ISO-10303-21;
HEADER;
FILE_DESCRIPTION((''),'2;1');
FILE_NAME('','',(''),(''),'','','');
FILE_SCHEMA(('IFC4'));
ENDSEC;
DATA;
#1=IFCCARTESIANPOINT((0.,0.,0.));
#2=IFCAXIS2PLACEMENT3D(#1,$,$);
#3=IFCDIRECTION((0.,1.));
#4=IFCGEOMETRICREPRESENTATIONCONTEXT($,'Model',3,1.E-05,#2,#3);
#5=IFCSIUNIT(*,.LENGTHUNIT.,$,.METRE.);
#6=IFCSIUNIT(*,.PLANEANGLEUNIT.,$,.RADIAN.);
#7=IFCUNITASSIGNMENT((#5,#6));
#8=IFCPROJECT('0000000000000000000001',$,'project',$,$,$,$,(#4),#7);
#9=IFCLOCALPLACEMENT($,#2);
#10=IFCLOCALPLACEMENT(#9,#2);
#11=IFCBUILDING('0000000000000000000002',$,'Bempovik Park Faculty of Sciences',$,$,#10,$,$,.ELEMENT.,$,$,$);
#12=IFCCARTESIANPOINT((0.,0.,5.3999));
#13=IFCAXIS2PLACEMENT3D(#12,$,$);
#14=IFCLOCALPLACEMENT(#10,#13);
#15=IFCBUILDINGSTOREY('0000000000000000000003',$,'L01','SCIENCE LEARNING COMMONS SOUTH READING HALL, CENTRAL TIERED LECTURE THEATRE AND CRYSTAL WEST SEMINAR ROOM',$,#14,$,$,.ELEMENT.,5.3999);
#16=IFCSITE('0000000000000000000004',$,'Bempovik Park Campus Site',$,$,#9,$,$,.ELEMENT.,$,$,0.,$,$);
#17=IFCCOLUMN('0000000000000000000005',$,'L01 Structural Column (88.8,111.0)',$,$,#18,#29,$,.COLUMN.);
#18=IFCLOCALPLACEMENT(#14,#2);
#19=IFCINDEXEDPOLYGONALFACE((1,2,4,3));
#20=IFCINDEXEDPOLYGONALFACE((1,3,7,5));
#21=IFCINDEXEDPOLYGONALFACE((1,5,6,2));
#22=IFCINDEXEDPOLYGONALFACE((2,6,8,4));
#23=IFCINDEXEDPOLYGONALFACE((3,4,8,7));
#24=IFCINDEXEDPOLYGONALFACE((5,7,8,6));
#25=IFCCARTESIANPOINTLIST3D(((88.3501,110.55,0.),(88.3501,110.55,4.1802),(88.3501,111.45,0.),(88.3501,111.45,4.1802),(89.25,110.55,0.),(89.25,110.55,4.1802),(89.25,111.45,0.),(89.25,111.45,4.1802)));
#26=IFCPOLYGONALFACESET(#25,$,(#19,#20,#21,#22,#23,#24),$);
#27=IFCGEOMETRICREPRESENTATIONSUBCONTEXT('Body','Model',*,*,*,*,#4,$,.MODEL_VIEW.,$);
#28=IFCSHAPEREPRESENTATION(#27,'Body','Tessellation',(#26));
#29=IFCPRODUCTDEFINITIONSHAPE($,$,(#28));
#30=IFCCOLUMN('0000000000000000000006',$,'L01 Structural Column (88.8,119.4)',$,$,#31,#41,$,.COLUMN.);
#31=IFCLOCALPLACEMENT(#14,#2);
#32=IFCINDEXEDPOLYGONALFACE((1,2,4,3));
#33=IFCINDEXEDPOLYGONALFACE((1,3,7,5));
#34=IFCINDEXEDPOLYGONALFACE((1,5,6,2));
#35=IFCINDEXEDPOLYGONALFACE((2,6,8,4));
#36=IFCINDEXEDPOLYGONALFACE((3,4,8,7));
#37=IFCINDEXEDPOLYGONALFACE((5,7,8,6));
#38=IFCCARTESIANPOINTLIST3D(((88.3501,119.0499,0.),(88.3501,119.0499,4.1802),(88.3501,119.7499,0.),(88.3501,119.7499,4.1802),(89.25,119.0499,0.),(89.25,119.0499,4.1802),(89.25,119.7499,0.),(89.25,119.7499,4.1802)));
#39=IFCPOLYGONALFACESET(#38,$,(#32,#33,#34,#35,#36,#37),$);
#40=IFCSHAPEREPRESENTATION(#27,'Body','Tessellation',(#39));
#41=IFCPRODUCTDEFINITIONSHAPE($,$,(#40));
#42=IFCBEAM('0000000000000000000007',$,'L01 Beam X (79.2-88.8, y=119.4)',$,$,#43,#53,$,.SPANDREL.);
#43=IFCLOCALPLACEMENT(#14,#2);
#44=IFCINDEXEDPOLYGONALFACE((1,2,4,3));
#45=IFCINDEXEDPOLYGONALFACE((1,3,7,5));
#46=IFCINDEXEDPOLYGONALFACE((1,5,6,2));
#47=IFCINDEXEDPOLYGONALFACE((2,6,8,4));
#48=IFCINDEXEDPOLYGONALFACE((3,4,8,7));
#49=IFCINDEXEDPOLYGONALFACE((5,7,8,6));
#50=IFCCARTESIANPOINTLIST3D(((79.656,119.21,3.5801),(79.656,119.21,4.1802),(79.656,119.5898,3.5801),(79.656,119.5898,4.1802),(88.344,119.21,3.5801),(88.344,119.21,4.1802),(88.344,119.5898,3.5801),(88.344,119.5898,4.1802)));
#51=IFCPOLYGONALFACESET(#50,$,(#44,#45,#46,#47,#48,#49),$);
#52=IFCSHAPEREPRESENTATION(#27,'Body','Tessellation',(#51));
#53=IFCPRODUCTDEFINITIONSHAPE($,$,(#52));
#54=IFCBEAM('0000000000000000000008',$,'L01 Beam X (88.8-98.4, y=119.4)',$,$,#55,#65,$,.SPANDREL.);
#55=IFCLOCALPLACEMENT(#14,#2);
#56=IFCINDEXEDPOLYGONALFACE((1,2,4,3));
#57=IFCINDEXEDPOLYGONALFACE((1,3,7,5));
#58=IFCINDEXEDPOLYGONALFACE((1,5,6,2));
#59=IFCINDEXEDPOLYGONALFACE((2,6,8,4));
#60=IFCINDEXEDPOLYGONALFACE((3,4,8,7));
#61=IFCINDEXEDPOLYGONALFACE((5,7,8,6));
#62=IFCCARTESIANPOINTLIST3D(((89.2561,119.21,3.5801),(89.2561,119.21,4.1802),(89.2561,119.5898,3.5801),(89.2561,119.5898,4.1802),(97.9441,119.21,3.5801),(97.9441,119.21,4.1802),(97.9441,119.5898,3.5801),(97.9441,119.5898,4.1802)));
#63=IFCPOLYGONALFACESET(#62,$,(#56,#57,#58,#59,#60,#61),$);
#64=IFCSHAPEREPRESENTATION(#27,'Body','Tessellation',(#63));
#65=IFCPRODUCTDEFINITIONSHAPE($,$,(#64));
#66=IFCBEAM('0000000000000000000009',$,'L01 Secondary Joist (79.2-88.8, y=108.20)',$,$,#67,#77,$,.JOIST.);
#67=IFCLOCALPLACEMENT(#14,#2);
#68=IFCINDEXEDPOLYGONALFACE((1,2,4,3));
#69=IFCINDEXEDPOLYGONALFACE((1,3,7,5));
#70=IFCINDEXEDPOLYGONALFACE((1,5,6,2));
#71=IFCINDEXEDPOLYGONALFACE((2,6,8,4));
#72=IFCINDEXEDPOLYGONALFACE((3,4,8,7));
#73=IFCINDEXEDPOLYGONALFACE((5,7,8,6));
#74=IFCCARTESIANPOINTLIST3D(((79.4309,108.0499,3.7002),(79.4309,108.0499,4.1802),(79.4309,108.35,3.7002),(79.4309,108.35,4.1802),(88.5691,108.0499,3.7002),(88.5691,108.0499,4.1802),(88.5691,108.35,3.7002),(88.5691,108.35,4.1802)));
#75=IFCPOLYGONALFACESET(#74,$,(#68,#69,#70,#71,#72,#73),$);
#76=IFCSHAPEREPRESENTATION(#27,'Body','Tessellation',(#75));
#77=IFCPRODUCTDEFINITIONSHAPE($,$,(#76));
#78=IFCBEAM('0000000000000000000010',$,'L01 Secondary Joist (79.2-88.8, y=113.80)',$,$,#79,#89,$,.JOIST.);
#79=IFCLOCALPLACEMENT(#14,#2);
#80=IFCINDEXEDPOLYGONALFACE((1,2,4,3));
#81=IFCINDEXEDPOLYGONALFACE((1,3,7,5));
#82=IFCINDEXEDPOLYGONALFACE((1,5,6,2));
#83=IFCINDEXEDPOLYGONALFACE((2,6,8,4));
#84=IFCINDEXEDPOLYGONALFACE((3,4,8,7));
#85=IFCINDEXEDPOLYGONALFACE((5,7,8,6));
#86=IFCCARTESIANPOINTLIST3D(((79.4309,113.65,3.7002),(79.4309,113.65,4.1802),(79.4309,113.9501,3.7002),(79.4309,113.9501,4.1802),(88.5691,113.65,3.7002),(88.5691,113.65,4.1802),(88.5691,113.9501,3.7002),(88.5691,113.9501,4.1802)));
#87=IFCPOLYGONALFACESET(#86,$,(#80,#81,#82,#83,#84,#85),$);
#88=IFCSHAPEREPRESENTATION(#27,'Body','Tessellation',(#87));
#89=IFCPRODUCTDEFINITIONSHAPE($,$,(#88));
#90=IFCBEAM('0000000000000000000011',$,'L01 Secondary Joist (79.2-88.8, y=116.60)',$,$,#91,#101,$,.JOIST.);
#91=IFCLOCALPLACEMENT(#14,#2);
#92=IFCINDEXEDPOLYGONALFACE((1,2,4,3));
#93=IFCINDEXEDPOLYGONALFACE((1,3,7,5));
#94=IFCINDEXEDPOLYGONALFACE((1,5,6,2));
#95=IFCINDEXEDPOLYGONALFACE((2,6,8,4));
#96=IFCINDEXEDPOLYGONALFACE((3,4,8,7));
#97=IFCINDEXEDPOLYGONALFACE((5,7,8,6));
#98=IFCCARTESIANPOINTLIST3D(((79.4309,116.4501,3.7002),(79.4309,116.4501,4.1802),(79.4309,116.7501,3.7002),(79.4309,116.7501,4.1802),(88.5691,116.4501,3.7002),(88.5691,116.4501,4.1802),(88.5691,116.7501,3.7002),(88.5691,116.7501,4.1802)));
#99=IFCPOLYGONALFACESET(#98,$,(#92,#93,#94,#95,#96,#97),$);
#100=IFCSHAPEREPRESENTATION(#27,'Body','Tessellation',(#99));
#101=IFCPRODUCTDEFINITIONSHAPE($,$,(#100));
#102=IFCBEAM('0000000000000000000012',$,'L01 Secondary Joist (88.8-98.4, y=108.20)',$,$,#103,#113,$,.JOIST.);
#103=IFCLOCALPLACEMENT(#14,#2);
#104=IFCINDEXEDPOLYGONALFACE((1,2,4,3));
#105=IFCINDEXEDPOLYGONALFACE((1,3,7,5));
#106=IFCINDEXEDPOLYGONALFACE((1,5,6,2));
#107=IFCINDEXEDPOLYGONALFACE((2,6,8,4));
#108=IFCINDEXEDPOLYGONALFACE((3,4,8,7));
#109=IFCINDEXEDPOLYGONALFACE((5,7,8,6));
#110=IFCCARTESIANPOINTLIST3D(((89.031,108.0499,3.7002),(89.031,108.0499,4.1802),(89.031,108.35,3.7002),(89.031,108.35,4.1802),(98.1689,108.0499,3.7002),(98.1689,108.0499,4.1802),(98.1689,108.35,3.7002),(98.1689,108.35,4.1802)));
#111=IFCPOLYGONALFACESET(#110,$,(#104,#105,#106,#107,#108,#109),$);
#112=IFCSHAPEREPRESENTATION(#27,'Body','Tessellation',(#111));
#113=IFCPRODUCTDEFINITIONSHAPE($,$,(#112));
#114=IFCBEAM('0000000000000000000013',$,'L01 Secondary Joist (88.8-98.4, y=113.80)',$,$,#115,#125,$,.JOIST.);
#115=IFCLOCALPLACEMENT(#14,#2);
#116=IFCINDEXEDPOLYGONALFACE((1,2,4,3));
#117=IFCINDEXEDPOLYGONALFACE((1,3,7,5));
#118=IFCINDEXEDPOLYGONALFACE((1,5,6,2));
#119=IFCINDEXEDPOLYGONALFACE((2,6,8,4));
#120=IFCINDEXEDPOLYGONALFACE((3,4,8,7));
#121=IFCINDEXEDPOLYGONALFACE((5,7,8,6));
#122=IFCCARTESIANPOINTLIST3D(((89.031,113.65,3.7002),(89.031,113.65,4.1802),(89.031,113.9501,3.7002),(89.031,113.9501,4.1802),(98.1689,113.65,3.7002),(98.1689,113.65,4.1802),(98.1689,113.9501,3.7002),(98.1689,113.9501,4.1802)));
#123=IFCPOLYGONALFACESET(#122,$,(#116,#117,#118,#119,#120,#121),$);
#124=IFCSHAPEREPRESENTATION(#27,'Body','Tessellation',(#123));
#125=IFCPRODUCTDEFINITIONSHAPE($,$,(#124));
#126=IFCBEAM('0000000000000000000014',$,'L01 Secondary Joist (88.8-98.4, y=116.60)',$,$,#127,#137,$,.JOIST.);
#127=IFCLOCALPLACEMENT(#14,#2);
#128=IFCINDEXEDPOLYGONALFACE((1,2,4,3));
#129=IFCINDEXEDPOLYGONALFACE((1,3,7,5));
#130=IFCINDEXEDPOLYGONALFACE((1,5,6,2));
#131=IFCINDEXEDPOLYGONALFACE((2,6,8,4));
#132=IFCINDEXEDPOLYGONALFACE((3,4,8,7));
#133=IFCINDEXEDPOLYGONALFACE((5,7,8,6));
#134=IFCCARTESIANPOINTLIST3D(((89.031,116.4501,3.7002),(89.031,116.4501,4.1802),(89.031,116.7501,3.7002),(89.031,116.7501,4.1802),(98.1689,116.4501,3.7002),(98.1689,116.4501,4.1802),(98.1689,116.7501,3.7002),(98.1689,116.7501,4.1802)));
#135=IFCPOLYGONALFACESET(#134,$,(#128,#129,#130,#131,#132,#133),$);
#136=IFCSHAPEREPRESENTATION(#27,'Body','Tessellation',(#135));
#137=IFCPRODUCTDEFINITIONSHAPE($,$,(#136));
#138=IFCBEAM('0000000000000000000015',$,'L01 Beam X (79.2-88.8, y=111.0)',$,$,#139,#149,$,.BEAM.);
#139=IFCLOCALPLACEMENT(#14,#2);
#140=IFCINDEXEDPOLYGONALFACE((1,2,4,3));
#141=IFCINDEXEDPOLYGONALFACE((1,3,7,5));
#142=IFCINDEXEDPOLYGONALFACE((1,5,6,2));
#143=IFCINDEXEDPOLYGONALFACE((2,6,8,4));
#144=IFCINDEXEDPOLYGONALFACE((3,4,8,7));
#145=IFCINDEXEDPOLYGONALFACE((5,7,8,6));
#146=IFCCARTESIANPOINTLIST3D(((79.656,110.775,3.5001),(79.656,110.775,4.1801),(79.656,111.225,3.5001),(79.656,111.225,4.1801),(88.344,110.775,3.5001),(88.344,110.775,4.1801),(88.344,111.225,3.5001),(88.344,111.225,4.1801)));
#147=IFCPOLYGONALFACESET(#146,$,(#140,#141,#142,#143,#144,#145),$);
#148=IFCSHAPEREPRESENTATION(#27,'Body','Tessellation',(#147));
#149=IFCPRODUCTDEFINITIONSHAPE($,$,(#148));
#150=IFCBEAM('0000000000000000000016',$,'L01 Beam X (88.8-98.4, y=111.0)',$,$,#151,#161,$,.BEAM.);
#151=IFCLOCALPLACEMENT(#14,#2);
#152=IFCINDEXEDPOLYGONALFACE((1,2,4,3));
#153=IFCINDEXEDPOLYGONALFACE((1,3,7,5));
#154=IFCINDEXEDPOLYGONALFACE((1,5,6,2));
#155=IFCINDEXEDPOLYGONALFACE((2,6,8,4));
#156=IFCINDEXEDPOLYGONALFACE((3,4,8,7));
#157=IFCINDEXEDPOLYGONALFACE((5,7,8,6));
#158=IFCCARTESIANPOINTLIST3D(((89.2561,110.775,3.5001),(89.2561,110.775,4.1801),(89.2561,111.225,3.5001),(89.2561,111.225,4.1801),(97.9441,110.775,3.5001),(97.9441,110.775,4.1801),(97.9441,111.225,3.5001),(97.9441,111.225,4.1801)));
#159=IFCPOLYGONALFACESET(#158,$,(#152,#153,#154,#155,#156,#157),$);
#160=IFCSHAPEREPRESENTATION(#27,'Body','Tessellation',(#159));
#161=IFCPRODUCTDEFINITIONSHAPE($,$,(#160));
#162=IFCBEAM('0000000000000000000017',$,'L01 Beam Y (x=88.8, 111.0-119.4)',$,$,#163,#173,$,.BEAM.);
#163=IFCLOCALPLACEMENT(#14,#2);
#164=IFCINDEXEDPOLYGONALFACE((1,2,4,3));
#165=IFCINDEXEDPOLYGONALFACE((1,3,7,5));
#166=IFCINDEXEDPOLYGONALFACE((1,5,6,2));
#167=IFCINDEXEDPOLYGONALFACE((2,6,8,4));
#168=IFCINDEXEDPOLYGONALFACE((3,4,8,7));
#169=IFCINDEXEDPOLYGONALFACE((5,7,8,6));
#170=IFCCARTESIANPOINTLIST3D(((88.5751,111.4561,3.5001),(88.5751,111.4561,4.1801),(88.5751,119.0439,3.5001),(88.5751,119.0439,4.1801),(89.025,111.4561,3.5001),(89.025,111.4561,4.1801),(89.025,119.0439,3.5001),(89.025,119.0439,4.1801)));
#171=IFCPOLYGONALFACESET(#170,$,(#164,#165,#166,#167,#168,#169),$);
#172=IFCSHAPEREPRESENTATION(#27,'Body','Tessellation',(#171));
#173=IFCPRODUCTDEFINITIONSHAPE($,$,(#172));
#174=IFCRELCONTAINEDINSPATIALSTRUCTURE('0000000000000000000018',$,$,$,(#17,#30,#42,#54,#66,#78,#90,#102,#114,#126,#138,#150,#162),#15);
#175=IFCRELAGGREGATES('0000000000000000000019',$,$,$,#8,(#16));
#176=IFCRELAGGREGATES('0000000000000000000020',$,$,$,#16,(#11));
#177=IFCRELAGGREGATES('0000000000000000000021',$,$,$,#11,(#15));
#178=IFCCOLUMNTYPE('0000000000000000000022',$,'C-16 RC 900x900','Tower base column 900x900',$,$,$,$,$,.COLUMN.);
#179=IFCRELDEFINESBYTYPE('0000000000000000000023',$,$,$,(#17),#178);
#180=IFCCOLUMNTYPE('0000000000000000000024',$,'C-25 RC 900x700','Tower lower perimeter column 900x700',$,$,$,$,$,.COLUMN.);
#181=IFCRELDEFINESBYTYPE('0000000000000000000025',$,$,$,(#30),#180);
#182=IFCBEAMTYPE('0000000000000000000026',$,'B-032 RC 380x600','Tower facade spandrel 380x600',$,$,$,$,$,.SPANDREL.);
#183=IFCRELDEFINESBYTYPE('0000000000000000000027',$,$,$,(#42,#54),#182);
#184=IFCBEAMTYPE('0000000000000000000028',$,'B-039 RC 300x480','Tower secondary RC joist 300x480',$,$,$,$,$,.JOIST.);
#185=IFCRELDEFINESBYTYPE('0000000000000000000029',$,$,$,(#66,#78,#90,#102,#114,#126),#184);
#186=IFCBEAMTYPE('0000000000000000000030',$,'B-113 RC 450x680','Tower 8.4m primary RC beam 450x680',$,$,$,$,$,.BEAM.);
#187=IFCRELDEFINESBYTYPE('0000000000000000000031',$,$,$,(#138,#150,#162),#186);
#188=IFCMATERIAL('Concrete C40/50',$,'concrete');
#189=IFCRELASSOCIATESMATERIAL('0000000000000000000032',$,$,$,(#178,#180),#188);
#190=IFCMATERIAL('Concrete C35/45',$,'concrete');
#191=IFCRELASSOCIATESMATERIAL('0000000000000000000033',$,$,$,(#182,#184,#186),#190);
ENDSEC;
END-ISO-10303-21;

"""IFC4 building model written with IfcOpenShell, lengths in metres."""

from ifc_helpers import new_model, si_unit, direction, frame, origin, origin_2d, place, context, subcontext, project, spatial, rectangle, extrude, material, material_profile, profile_set, type_object, element, save


model = new_model("IFC4")

# Units and contexts
model_context = context("Model", 3, precision=1e-05, world=origin(), true_north=direction((0.0, 1.0)))
body_context = subcontext(model_context, "Body", "Model", "MODEL_VIEW")
ifc_project = project(units=[si_unit("LENGTHUNIT", "METRE"), si_unit("PLANEANGLEUNIT", "RADIAN")], contexts=[model_context])

# Site, building, storey
site_placement = place(None, origin())
site = spatial("IfcSite", under=ifc_project, at=site_placement, Name="Bempovik Park Campus Site", CompositionType="ELEMENT", RefElevation=0.0)
building_placement = place(site_placement, origin())
building = spatial("IfcBuilding", under=site, at=building_placement, Name="Bempovik Park Faculty of Sciences", CompositionType="ELEMENT")
storey_placement = place(building_placement, frame((0.0, 0.0, 5.3999)))
storey = spatial("IfcBuildingStorey", under=building, at=storey_placement, Name="L01", Description="SCIENCE LEARNING COMMONS SOUTH READING HALL, CENTRAL TIERED LECTURE THEATRE AND CRYSTAL WEST SEMINAR ROOM", CompositionType="ELEMENT", Elevation=5.3999)

# Columns
ifc_material_1 = material(Name="Concrete C40/50", Category="concrete")
ifc_material_profile_1 = material_profile(ifc_material_1, rectangle(XDim=0.8999, YDim=0.8999, at=origin_2d()), Name="RC 900x900")
ifc_profile_set_1 = profile_set([ifc_material_profile_1], Name="Concrete C40/50")
column_type_1 = type_object("IfcColumnType", Name="C-16 RC 900x900", Description="Tower base column 900x900", PredefinedType="COLUMN", material=ifc_profile_set_1)
column_1_placement = place(storey_placement, frame((88.8, 111.0, 0.0), z_axis=(0.0, 0.0, 1.0), x_axis=(1.0, 0.0, 0.0)))
element("IfcColumn", 1, at=column_1_placement, inside=storey, type_object=column_type_1, Name="L01 Structural Column (88.8,111.0)", PredefinedType="COLUMN", context=body_context, shape_type="SweptSolid", body=[
    extrude(rectangle(XDim=0.8999, YDim=0.8999, at=origin_2d()), origin(), (0.0, 0.0, 1.0), 4.1802),
])
ifc_material_profile_2 = material_profile(ifc_material_1, rectangle(XDim=0.8999, YDim=0.7, at=origin_2d()), Name="RC 900x700")
ifc_profile_set_2 = profile_set([ifc_material_profile_2], Name="Concrete C40/50")
column_type_2 = type_object("IfcColumnType", Name="C-25 RC 900x700", Description="Tower lower perimeter column 900x700", PredefinedType="COLUMN", material=ifc_profile_set_2)
column_2_placement = place(storey_placement, frame((88.8, 119.3999, 0.0), z_axis=(0.0, 0.0, 1.0), x_axis=(1.0, 0.0, 0.0)))
element("IfcColumn", 2, at=column_2_placement, inside=storey, type_object=column_type_2, Name="L01 Structural Column (88.8,119.4)", PredefinedType="COLUMN", context=body_context, shape_type="SweptSolid", body=[
    extrude(rectangle(XDim=0.8999, YDim=0.7, at=origin_2d()), origin(), (0.0, 0.0, 1.0), 4.1802),
])

# Beams
ifc_material_2 = material(Name="Concrete C35/45", Category="concrete")
ifc_material_profile_3 = material_profile(ifc_material_2, rectangle(XDim=0.3799, YDim=0.6001, at=origin_2d()), Name="RC 380x600")
ifc_profile_set_3 = profile_set([ifc_material_profile_3], Name="Concrete C35/45")
beam_type_1 = type_object("IfcBeamType", Name="B-032 RC 380x600", Description="Tower facade spandrel 380x600", PredefinedType="SPANDREL", material=ifc_profile_set_3)
for number, where, z_axis, x_axis, name in (
    (3, (79.656, 119.3999, 3.8801), (1.0, 0.0, 0.0), (0.0, 1.0, 0.0), "L01 Beam X (79.2-88.8, y=119.4)"),
    (4, (89.2561, 119.3999, 3.8801), (1.0, 0.0, 0.0), (0.0, 1.0, 0.0), "L01 Beam X (88.8-98.4, y=119.4)"),
):
    element("IfcBeam", number, at=place(storey_placement, frame(where, z_axis=z_axis, x_axis=x_axis)), inside=storey, type_object=beam_type_1, Name=name, PredefinedType="SPANDREL", context=body_context, shape_type="SweptSolid", body=[
        extrude(rectangle(XDim=0.3799, YDim=0.6001, at=origin_2d()), origin(), (0.0, 0.0, 1.0), 8.688),
    ])
ifc_material_profile_4 = material_profile(ifc_material_2, rectangle(XDim=0.3, YDim=0.48, at=origin_2d()), Name="RC 300x480")
ifc_profile_set_4 = profile_set([ifc_material_profile_4], Name="Concrete C35/45")
beam_type_2 = type_object("IfcBeamType", Name="B-039 RC 300x480", Description="Tower secondary RC joist 300x480", PredefinedType="JOIST", material=ifc_profile_set_4)
for number, where, z_axis, x_axis, name in (
    (5, (79.4309, 108.2, 3.9402), (1.0, 0.0, 0.0), (0.0, 1.0, 0.0), "L01 Secondary Joist (79.2-88.8, y=108.20)"),
    (6, (79.4309, 113.8, 3.9402), (1.0, 0.0, 0.0), (0.0, 1.0, 0.0), "L01 Secondary Joist (79.2-88.8, y=113.80)"),
    (7, (79.4309, 116.6001, 3.9402), (1.0, 0.0, 0.0), (0.0, 1.0, 0.0), "L01 Secondary Joist (79.2-88.8, y=116.60)"),
):
    element("IfcBeam", number, at=place(storey_placement, frame(where, z_axis=z_axis, x_axis=x_axis)), inside=storey, type_object=beam_type_2, Name=name, PredefinedType="JOIST", context=body_context, shape_type="SweptSolid", body=[
        extrude(rectangle(XDim=0.3, YDim=0.48, at=origin_2d()), origin(), (0.0, 0.0, 1.0), 9.1382),
    ])
for number, where, z_axis, x_axis, name in (
    (8, (89.031, 108.2, 3.9402), (1.0, 0.0, 0.0), (0.0, 1.0, 0.0), "L01 Secondary Joist (88.8-98.4, y=108.20)"),
    (9, (89.031, 113.8, 3.9402), (1.0, 0.0, 0.0), (0.0, 1.0, 0.0), "L01 Secondary Joist (88.8-98.4, y=113.80)"),
    (10, (89.031, 116.6001, 3.9402), (1.0, 0.0, 0.0), (0.0, 1.0, 0.0), "L01 Secondary Joist (88.8-98.4, y=116.60)"),
):
    element("IfcBeam", number, at=place(storey_placement, frame(where, z_axis=z_axis, x_axis=x_axis)), inside=storey, type_object=beam_type_2, Name=name, PredefinedType="JOIST", context=body_context, shape_type="SweptSolid", body=[
        extrude(rectangle(XDim=0.3, YDim=0.48, at=origin_2d()), origin(), (0.0, 0.0, 1.0), 9.1379),
    ])
ifc_material_profile_5 = material_profile(ifc_material_2, rectangle(XDim=0.45, YDim=0.6799, at=origin_2d()), Name="RC 450x680")
ifc_profile_set_5 = profile_set([ifc_material_profile_5], Name="Concrete C35/45")
beam_type_3 = type_object("IfcBeamType", Name="B-113 RC 450x680", Description="Tower 8.4m primary RC beam 450x680", PredefinedType="BEAM", material=ifc_profile_set_5)
for number, where, z_axis, x_axis, name in (
    (11, (79.656, 111.0, 3.8401), (1.0, 0.0, 0.0), (0.0, 1.0, 0.0), "L01 Beam X (79.2-88.8, y=111.0)"),
    (12, (89.2561, 111.0, 3.8401), (1.0, 0.0, 0.0), (0.0, 1.0, 0.0), "L01 Beam X (88.8-98.4, y=111.0)"),
):
    element("IfcBeam", number, at=place(storey_placement, frame(where, z_axis=z_axis, x_axis=x_axis)), inside=storey, type_object=beam_type_3, Name=name, PredefinedType="BEAM", context=body_context, shape_type="SweptSolid", body=[
        extrude(rectangle(XDim=0.45, YDim=0.6799, at=origin_2d()), origin(), (0.0, 0.0, 1.0), 8.688),
    ])
beam_placement = place(storey_placement, frame((88.8, 111.4561, 3.8401), z_axis=(0.0, 1.0, 0.0), x_axis=(-1.0, 0.0, 0.0)))
element("IfcBeam", 13, at=beam_placement, inside=storey, type_object=beam_type_3, Name="L01 Beam Y (x=88.8, 111.0-119.4)", PredefinedType="BEAM", context=body_context, shape_type="SweptSolid", body=[
    extrude(rectangle(XDim=0.45, YDim=0.6799, at=origin_2d()), origin(), (0.0, 0.0, 1.0), 7.5879),
])

save(model, "model.ifc")
